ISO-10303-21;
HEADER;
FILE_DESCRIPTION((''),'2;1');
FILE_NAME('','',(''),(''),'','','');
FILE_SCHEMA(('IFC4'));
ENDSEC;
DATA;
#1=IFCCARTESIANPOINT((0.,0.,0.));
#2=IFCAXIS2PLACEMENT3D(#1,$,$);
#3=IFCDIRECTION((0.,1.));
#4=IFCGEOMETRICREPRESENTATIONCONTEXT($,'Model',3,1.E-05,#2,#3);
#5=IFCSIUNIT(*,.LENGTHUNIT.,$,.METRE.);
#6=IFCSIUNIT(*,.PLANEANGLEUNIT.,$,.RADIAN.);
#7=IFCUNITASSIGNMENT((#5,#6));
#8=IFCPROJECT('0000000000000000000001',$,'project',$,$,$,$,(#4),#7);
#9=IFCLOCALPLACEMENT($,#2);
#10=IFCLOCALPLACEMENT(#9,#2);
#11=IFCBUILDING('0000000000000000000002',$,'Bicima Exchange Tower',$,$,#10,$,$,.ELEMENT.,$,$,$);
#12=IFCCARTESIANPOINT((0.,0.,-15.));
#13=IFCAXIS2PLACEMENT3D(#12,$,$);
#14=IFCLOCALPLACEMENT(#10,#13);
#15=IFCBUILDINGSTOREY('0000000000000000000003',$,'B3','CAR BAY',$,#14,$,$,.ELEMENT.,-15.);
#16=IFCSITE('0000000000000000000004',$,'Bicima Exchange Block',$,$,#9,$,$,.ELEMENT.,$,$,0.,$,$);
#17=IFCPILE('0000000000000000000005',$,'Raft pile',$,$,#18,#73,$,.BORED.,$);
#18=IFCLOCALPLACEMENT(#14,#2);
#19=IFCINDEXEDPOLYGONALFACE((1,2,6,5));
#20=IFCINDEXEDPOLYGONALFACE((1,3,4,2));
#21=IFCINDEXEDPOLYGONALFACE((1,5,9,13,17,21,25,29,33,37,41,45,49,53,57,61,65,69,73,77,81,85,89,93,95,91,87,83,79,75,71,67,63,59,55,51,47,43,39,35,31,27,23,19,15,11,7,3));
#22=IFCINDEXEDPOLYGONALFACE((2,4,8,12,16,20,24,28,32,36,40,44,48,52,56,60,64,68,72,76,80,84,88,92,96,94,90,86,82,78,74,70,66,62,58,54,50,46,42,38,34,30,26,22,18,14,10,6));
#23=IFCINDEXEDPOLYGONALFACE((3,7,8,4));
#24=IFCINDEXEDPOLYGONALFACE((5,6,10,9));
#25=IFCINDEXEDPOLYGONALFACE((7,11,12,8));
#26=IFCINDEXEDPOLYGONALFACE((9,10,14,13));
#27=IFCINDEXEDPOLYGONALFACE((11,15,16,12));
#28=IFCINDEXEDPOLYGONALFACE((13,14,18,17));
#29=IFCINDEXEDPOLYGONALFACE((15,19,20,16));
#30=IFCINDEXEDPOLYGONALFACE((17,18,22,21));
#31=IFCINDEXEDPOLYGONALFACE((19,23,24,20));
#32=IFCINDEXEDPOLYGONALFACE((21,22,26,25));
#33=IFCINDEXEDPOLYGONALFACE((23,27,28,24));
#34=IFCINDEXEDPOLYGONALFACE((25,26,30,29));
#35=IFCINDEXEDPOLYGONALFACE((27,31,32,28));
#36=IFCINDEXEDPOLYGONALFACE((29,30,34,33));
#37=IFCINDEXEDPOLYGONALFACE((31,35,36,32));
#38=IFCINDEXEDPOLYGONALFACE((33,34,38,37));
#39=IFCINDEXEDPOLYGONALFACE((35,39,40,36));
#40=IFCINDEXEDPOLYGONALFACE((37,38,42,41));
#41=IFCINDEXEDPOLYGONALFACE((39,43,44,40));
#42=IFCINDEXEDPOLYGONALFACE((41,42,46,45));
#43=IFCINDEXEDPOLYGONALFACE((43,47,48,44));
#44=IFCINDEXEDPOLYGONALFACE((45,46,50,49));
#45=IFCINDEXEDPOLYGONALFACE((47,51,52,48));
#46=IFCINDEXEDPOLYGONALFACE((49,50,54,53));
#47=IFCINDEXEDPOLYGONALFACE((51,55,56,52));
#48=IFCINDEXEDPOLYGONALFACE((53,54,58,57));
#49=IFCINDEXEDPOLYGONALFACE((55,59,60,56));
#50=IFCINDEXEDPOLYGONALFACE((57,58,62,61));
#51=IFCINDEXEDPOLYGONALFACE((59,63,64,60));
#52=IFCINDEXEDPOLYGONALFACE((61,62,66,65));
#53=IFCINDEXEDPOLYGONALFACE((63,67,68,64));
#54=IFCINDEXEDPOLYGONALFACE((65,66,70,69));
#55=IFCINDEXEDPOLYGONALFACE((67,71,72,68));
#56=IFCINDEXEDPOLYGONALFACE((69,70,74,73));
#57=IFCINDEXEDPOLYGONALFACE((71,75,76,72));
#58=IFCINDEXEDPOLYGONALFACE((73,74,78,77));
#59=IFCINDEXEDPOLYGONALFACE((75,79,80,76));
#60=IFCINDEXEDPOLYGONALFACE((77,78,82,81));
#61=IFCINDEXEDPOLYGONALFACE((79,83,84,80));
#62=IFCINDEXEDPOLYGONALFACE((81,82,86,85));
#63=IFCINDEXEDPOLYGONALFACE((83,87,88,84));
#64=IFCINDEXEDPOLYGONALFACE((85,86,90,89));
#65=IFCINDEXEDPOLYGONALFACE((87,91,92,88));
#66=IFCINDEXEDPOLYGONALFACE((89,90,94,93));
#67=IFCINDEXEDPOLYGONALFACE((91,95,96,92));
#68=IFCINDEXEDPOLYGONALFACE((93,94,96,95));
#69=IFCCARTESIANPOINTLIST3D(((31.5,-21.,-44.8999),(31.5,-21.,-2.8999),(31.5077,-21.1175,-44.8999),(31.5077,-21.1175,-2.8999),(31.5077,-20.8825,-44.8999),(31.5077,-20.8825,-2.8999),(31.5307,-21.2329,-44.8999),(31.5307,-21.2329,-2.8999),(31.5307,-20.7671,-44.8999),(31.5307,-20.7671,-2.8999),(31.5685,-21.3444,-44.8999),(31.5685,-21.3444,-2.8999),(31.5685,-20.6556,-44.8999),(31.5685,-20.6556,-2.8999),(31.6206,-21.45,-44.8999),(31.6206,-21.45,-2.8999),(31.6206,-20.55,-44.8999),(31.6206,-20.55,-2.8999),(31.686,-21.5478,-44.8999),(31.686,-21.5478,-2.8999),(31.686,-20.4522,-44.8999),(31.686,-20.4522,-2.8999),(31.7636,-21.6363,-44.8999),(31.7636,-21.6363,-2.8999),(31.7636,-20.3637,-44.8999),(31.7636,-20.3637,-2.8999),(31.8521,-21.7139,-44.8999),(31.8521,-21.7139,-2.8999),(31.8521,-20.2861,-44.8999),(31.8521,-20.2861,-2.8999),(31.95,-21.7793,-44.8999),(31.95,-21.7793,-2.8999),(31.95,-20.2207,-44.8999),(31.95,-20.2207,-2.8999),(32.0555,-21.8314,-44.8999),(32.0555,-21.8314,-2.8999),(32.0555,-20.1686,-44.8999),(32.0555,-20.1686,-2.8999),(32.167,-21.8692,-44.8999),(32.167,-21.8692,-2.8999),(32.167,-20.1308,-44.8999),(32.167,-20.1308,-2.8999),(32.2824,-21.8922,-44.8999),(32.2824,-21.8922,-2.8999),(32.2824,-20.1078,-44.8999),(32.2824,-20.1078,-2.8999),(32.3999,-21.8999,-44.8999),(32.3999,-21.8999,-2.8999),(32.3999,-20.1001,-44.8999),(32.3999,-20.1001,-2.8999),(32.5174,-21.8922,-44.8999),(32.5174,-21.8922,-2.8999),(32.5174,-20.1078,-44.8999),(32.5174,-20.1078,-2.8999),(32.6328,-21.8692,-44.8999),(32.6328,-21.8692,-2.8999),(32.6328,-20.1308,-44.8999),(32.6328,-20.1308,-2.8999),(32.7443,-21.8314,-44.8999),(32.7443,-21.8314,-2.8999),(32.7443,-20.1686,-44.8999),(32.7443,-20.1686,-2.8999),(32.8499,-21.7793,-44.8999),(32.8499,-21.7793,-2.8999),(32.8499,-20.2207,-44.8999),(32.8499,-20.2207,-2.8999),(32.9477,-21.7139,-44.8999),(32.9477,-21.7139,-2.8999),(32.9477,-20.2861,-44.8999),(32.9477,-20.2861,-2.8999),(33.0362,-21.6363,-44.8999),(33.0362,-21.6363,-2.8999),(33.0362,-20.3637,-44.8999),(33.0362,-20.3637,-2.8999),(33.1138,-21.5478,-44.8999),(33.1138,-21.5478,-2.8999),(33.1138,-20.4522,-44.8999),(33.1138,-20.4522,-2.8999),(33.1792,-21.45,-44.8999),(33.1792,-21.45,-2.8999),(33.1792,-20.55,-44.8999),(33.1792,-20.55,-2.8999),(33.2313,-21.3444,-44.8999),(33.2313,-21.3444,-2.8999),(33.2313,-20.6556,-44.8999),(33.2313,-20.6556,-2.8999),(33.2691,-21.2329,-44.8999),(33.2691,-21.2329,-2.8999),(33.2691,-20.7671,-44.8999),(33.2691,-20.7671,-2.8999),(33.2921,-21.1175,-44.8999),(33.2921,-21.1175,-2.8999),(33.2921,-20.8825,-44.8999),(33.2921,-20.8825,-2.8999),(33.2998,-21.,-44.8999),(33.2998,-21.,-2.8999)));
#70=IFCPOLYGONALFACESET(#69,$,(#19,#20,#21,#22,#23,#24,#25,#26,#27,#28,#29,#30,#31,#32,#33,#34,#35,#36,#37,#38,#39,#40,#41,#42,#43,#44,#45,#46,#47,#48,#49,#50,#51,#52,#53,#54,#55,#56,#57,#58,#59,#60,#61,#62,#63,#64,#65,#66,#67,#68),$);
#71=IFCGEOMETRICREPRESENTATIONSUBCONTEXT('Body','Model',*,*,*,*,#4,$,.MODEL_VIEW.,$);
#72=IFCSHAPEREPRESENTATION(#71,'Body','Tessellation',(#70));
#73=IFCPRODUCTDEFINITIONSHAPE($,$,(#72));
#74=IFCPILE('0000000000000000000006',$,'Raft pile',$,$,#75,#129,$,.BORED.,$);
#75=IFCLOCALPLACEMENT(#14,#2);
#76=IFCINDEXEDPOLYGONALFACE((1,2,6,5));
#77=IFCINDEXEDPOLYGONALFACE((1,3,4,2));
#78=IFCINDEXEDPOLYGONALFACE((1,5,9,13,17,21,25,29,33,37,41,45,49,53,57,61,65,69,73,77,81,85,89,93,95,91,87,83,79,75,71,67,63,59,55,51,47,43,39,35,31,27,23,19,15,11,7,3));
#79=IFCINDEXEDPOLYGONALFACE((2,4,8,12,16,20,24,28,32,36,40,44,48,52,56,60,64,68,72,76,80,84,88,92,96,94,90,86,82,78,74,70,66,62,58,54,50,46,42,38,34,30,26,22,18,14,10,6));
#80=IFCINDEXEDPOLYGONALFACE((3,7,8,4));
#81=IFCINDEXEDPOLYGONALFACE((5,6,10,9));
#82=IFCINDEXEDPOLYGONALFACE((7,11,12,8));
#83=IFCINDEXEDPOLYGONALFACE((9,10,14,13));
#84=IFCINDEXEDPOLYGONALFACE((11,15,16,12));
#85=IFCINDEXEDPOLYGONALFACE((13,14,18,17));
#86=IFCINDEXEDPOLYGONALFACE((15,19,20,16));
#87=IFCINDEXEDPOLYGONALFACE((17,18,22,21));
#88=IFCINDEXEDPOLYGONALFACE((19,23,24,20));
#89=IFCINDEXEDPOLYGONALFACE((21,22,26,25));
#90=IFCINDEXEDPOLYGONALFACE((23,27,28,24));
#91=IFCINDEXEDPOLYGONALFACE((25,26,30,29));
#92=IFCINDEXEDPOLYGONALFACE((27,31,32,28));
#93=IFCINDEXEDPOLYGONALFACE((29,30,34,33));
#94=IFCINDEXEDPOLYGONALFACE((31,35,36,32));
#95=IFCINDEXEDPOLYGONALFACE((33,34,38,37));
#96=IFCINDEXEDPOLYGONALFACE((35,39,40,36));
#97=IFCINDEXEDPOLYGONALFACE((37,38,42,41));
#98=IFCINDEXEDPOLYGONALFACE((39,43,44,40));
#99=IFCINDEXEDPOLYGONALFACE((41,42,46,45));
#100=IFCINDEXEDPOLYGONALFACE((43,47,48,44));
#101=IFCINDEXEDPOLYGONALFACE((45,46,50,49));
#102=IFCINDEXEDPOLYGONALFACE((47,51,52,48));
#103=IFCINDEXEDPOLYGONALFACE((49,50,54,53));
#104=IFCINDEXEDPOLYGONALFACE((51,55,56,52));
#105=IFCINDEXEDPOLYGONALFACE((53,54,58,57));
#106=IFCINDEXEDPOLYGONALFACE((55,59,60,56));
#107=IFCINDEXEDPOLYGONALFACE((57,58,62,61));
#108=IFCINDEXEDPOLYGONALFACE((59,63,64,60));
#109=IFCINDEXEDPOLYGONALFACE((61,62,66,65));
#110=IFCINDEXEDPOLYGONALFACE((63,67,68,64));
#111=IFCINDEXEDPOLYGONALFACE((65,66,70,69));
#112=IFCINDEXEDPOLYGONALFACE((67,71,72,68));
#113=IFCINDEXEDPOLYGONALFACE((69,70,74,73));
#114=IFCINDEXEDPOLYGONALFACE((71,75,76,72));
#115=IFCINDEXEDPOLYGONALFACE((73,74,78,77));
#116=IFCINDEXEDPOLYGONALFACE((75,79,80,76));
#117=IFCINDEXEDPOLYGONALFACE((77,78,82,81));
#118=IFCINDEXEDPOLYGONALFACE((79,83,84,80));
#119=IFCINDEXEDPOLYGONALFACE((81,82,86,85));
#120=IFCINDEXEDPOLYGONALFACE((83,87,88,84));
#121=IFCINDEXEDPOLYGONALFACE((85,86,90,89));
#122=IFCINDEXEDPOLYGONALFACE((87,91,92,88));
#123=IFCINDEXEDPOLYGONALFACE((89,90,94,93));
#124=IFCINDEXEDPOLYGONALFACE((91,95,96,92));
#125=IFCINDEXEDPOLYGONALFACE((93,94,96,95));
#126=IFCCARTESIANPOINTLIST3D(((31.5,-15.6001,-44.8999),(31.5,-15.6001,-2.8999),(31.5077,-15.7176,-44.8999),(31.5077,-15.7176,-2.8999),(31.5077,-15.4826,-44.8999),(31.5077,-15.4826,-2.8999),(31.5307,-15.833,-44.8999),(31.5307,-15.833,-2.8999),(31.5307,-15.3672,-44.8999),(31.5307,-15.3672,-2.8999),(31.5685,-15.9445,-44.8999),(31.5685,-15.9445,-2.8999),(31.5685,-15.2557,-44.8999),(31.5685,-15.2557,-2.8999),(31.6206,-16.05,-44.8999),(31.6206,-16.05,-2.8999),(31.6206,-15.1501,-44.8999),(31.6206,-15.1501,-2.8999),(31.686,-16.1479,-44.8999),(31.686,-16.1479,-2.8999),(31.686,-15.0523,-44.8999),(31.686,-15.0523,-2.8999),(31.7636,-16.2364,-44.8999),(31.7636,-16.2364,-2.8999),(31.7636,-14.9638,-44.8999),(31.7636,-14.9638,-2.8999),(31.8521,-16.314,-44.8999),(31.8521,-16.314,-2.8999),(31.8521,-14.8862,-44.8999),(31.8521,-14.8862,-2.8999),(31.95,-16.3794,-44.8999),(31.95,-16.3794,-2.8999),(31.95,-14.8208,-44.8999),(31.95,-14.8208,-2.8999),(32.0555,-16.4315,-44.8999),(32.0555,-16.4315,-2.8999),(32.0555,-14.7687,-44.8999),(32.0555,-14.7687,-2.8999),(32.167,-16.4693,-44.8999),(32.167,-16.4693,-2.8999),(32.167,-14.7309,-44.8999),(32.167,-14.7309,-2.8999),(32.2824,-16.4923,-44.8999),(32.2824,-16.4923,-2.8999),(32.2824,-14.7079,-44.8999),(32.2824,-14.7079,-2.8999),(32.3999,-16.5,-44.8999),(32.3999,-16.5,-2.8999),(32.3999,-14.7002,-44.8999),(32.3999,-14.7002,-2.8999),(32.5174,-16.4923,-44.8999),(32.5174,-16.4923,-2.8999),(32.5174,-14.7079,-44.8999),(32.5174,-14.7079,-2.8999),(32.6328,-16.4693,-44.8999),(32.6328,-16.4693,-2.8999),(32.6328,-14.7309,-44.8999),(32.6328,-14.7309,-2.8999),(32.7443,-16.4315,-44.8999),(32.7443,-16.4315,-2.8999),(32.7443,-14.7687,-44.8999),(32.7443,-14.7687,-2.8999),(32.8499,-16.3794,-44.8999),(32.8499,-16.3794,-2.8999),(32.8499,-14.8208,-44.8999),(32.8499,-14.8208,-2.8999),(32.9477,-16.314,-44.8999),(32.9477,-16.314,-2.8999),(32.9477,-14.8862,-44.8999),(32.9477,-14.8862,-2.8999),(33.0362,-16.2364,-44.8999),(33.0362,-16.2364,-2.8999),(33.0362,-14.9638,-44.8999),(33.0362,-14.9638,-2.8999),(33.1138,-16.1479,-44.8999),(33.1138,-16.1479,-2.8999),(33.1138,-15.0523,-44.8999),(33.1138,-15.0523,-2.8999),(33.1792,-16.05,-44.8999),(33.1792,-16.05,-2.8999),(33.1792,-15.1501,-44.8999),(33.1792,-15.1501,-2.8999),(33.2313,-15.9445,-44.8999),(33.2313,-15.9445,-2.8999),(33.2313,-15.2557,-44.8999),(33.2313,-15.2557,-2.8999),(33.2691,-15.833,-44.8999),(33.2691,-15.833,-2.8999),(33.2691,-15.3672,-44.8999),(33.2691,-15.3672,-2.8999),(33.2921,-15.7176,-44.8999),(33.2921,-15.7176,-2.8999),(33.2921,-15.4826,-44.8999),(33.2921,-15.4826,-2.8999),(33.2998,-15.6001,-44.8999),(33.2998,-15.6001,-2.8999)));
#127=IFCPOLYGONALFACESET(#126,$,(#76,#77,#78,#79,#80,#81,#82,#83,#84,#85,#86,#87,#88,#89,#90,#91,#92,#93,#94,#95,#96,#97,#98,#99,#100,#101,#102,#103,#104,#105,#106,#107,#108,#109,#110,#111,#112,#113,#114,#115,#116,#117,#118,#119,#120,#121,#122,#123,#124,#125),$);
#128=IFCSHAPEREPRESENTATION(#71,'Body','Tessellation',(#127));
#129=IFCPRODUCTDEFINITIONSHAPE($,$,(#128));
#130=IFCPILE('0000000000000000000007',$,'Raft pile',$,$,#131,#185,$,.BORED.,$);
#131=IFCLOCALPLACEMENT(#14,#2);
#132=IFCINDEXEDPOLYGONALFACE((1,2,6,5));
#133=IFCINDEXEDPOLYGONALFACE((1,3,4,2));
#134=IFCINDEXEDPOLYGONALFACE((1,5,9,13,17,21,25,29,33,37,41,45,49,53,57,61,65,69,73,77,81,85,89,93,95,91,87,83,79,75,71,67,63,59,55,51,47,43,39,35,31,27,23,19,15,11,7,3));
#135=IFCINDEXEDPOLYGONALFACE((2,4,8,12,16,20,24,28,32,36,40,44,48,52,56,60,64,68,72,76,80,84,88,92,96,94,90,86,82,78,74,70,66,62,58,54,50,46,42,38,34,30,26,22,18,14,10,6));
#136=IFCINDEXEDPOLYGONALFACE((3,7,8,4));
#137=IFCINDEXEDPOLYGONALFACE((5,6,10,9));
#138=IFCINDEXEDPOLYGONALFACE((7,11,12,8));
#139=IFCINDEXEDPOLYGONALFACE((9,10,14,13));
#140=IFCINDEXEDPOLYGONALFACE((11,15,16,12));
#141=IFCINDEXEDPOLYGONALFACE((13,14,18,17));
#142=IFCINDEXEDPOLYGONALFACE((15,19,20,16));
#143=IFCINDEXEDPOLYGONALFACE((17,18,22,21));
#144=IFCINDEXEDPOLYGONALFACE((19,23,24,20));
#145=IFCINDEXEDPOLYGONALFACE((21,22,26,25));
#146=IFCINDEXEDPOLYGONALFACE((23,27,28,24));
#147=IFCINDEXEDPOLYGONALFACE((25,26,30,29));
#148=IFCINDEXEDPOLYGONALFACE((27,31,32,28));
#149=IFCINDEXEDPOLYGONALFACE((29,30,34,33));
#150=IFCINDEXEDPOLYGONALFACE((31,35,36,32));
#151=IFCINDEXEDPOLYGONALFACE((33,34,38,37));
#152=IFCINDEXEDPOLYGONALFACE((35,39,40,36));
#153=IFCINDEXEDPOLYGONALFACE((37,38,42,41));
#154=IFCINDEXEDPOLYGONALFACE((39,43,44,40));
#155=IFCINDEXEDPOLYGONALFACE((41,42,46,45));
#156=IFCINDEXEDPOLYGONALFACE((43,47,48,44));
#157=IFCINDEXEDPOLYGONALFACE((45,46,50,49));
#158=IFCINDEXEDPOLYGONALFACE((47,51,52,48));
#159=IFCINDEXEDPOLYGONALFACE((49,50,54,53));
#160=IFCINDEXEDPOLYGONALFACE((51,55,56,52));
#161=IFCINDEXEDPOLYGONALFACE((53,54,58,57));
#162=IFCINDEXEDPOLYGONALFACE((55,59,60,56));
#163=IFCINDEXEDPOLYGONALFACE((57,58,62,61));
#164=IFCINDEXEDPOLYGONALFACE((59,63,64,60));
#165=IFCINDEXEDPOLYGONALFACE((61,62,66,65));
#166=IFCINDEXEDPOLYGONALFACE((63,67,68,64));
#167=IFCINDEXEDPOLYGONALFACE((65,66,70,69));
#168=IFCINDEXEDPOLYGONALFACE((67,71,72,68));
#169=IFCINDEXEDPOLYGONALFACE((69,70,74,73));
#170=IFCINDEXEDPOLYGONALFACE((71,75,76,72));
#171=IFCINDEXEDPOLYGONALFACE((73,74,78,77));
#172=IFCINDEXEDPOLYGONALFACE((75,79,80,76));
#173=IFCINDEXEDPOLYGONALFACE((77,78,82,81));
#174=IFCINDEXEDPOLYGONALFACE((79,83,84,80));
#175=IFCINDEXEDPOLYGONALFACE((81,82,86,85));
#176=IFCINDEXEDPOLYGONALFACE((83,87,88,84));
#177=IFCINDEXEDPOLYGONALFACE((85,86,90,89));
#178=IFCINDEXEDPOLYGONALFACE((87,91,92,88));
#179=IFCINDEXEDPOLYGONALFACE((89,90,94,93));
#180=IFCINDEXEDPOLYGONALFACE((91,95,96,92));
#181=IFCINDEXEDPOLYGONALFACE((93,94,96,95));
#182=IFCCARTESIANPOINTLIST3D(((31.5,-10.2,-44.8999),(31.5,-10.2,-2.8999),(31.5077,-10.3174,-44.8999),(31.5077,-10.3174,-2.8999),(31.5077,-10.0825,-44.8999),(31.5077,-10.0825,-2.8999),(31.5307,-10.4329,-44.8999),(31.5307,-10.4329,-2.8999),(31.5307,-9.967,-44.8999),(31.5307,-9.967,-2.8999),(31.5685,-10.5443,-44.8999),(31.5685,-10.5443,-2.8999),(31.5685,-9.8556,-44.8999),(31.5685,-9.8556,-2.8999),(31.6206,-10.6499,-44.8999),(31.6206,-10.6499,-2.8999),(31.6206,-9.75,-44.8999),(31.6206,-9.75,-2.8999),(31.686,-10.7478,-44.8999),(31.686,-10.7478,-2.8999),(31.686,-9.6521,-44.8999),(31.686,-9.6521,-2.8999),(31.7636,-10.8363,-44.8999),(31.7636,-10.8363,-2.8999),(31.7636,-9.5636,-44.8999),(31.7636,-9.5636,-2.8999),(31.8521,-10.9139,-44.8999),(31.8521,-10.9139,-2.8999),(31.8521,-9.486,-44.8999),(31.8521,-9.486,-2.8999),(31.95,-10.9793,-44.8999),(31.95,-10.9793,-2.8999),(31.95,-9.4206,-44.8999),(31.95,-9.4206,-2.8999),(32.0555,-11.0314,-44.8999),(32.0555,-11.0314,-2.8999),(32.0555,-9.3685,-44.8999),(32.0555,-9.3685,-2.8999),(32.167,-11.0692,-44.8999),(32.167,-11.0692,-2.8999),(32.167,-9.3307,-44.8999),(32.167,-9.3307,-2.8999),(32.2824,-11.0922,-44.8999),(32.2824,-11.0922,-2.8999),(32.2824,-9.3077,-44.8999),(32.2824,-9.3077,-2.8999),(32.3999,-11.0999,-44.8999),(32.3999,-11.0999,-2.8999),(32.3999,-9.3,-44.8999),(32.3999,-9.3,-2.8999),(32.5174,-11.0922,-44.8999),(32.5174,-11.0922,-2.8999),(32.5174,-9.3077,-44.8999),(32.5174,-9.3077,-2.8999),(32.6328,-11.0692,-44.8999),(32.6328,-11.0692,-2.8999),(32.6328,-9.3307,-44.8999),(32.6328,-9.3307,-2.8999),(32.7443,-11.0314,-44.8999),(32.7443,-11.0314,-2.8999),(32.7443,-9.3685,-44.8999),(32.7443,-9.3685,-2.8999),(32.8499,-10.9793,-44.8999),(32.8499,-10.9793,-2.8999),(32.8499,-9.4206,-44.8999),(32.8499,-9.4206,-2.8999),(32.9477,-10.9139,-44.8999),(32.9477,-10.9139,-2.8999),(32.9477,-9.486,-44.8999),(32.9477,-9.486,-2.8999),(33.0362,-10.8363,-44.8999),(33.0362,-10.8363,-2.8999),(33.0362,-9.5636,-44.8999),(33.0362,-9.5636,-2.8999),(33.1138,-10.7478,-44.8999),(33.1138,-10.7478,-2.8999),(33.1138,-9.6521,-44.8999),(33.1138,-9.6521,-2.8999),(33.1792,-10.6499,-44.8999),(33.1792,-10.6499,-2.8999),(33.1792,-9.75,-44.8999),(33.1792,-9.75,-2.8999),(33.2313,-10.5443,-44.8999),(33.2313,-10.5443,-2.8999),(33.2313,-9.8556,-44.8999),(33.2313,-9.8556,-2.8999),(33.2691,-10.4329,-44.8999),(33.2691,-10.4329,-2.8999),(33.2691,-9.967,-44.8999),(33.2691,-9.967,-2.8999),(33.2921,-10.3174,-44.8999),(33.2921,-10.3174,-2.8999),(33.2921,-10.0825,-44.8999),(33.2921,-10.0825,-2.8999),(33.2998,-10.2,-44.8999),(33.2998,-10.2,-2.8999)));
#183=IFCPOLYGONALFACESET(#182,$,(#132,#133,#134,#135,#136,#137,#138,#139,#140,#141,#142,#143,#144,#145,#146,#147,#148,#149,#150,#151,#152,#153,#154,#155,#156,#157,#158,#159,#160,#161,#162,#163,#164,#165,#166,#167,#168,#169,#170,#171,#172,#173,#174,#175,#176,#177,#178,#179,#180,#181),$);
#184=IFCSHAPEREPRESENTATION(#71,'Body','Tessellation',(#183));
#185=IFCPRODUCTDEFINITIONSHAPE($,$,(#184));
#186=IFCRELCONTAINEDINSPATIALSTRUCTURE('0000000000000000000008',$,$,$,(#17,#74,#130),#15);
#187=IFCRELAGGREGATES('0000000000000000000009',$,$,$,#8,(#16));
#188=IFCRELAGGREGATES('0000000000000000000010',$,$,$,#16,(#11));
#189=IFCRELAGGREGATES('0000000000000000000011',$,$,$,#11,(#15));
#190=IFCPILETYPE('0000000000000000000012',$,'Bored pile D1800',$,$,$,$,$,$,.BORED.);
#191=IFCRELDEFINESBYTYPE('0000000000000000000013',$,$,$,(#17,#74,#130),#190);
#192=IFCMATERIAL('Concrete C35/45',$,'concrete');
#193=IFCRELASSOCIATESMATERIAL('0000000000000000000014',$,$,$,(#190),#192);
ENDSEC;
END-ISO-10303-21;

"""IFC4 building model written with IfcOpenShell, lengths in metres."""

from ifc_helpers import new_model, si_unit, direction, frame, origin, origin_2d, place, context, subcontext, project, spatial, circle, extrude, material, material_profile, profile_set, type_object, element, save


model = new_model("IFC4")

# Units and contexts
model_context = context("Model", 3, precision=1e-05, world=origin(), true_north=direction((0.0, 1.0)))
body_context = subcontext(model_context, "Body", "Model", "MODEL_VIEW")
ifc_project = project(units=[si_unit("LENGTHUNIT", "METRE"), si_unit("PLANEANGLEUNIT", "RADIAN")], contexts=[model_context])

# Site, building, storey
site_placement = place(None, origin())
site = spatial("IfcSite", under=ifc_project, at=site_placement, Name="Bicima Exchange Block", CompositionType="ELEMENT", RefElevation=0.0)
building_placement = place(site_placement, origin())
building = spatial("IfcBuilding", under=site, at=building_placement, Name="Bicima Exchange Tower", CompositionType="ELEMENT")
storey_placement = place(building_placement, frame((0.0, 0.0, -15.0)))
storey = spatial("IfcBuildingStorey", under=building, at=storey_placement, Name="B3", Description="CAR BAY", CompositionType="ELEMENT", Elevation=-15.0)

# Piles
ifc_material_1 = material(Name="Concrete C35/45", Category="concrete")
ifc_material_profile_1 = material_profile(ifc_material_1, circle(Radius=0.8999, at=origin_2d()))
ifc_profile_set_1 = profile_set([ifc_material_profile_1], Name="Concrete C35/45")
pile_type = type_object("IfcPileType", Name="Bored pile D1800", PredefinedType="BORED", material=ifc_profile_set_1)
for number, where, z_axis, x_axis, name in (
    (1, (32.3999, -21.0, -2.8999), (0.0, 0.0, -1.0), (1.0, 0.0, 0.0), "Raft pile"),
    (2, (32.3999, -15.6001, -2.8999), (0.0, 0.0, -1.0), (1.0, 0.0, 0.0), "Raft pile"),
    (3, (32.3999, -10.2, -2.8999), (0.0, 0.0, -1.0), (1.0, 0.0, 0.0), "Raft pile"),
):
    element("IfcPile", number, at=place(storey_placement, frame(where, z_axis=z_axis, x_axis=x_axis)), inside=storey, type_object=pile_type, Name=name, PredefinedType="BORED", context=body_context, shape_type="SweptSolid", body=[
        extrude(circle(Radius=0.8999, at=origin_2d()), origin(), (0.0, 0.0, 1.0), 42.0),
    ])

save(model, "model.ifc")
